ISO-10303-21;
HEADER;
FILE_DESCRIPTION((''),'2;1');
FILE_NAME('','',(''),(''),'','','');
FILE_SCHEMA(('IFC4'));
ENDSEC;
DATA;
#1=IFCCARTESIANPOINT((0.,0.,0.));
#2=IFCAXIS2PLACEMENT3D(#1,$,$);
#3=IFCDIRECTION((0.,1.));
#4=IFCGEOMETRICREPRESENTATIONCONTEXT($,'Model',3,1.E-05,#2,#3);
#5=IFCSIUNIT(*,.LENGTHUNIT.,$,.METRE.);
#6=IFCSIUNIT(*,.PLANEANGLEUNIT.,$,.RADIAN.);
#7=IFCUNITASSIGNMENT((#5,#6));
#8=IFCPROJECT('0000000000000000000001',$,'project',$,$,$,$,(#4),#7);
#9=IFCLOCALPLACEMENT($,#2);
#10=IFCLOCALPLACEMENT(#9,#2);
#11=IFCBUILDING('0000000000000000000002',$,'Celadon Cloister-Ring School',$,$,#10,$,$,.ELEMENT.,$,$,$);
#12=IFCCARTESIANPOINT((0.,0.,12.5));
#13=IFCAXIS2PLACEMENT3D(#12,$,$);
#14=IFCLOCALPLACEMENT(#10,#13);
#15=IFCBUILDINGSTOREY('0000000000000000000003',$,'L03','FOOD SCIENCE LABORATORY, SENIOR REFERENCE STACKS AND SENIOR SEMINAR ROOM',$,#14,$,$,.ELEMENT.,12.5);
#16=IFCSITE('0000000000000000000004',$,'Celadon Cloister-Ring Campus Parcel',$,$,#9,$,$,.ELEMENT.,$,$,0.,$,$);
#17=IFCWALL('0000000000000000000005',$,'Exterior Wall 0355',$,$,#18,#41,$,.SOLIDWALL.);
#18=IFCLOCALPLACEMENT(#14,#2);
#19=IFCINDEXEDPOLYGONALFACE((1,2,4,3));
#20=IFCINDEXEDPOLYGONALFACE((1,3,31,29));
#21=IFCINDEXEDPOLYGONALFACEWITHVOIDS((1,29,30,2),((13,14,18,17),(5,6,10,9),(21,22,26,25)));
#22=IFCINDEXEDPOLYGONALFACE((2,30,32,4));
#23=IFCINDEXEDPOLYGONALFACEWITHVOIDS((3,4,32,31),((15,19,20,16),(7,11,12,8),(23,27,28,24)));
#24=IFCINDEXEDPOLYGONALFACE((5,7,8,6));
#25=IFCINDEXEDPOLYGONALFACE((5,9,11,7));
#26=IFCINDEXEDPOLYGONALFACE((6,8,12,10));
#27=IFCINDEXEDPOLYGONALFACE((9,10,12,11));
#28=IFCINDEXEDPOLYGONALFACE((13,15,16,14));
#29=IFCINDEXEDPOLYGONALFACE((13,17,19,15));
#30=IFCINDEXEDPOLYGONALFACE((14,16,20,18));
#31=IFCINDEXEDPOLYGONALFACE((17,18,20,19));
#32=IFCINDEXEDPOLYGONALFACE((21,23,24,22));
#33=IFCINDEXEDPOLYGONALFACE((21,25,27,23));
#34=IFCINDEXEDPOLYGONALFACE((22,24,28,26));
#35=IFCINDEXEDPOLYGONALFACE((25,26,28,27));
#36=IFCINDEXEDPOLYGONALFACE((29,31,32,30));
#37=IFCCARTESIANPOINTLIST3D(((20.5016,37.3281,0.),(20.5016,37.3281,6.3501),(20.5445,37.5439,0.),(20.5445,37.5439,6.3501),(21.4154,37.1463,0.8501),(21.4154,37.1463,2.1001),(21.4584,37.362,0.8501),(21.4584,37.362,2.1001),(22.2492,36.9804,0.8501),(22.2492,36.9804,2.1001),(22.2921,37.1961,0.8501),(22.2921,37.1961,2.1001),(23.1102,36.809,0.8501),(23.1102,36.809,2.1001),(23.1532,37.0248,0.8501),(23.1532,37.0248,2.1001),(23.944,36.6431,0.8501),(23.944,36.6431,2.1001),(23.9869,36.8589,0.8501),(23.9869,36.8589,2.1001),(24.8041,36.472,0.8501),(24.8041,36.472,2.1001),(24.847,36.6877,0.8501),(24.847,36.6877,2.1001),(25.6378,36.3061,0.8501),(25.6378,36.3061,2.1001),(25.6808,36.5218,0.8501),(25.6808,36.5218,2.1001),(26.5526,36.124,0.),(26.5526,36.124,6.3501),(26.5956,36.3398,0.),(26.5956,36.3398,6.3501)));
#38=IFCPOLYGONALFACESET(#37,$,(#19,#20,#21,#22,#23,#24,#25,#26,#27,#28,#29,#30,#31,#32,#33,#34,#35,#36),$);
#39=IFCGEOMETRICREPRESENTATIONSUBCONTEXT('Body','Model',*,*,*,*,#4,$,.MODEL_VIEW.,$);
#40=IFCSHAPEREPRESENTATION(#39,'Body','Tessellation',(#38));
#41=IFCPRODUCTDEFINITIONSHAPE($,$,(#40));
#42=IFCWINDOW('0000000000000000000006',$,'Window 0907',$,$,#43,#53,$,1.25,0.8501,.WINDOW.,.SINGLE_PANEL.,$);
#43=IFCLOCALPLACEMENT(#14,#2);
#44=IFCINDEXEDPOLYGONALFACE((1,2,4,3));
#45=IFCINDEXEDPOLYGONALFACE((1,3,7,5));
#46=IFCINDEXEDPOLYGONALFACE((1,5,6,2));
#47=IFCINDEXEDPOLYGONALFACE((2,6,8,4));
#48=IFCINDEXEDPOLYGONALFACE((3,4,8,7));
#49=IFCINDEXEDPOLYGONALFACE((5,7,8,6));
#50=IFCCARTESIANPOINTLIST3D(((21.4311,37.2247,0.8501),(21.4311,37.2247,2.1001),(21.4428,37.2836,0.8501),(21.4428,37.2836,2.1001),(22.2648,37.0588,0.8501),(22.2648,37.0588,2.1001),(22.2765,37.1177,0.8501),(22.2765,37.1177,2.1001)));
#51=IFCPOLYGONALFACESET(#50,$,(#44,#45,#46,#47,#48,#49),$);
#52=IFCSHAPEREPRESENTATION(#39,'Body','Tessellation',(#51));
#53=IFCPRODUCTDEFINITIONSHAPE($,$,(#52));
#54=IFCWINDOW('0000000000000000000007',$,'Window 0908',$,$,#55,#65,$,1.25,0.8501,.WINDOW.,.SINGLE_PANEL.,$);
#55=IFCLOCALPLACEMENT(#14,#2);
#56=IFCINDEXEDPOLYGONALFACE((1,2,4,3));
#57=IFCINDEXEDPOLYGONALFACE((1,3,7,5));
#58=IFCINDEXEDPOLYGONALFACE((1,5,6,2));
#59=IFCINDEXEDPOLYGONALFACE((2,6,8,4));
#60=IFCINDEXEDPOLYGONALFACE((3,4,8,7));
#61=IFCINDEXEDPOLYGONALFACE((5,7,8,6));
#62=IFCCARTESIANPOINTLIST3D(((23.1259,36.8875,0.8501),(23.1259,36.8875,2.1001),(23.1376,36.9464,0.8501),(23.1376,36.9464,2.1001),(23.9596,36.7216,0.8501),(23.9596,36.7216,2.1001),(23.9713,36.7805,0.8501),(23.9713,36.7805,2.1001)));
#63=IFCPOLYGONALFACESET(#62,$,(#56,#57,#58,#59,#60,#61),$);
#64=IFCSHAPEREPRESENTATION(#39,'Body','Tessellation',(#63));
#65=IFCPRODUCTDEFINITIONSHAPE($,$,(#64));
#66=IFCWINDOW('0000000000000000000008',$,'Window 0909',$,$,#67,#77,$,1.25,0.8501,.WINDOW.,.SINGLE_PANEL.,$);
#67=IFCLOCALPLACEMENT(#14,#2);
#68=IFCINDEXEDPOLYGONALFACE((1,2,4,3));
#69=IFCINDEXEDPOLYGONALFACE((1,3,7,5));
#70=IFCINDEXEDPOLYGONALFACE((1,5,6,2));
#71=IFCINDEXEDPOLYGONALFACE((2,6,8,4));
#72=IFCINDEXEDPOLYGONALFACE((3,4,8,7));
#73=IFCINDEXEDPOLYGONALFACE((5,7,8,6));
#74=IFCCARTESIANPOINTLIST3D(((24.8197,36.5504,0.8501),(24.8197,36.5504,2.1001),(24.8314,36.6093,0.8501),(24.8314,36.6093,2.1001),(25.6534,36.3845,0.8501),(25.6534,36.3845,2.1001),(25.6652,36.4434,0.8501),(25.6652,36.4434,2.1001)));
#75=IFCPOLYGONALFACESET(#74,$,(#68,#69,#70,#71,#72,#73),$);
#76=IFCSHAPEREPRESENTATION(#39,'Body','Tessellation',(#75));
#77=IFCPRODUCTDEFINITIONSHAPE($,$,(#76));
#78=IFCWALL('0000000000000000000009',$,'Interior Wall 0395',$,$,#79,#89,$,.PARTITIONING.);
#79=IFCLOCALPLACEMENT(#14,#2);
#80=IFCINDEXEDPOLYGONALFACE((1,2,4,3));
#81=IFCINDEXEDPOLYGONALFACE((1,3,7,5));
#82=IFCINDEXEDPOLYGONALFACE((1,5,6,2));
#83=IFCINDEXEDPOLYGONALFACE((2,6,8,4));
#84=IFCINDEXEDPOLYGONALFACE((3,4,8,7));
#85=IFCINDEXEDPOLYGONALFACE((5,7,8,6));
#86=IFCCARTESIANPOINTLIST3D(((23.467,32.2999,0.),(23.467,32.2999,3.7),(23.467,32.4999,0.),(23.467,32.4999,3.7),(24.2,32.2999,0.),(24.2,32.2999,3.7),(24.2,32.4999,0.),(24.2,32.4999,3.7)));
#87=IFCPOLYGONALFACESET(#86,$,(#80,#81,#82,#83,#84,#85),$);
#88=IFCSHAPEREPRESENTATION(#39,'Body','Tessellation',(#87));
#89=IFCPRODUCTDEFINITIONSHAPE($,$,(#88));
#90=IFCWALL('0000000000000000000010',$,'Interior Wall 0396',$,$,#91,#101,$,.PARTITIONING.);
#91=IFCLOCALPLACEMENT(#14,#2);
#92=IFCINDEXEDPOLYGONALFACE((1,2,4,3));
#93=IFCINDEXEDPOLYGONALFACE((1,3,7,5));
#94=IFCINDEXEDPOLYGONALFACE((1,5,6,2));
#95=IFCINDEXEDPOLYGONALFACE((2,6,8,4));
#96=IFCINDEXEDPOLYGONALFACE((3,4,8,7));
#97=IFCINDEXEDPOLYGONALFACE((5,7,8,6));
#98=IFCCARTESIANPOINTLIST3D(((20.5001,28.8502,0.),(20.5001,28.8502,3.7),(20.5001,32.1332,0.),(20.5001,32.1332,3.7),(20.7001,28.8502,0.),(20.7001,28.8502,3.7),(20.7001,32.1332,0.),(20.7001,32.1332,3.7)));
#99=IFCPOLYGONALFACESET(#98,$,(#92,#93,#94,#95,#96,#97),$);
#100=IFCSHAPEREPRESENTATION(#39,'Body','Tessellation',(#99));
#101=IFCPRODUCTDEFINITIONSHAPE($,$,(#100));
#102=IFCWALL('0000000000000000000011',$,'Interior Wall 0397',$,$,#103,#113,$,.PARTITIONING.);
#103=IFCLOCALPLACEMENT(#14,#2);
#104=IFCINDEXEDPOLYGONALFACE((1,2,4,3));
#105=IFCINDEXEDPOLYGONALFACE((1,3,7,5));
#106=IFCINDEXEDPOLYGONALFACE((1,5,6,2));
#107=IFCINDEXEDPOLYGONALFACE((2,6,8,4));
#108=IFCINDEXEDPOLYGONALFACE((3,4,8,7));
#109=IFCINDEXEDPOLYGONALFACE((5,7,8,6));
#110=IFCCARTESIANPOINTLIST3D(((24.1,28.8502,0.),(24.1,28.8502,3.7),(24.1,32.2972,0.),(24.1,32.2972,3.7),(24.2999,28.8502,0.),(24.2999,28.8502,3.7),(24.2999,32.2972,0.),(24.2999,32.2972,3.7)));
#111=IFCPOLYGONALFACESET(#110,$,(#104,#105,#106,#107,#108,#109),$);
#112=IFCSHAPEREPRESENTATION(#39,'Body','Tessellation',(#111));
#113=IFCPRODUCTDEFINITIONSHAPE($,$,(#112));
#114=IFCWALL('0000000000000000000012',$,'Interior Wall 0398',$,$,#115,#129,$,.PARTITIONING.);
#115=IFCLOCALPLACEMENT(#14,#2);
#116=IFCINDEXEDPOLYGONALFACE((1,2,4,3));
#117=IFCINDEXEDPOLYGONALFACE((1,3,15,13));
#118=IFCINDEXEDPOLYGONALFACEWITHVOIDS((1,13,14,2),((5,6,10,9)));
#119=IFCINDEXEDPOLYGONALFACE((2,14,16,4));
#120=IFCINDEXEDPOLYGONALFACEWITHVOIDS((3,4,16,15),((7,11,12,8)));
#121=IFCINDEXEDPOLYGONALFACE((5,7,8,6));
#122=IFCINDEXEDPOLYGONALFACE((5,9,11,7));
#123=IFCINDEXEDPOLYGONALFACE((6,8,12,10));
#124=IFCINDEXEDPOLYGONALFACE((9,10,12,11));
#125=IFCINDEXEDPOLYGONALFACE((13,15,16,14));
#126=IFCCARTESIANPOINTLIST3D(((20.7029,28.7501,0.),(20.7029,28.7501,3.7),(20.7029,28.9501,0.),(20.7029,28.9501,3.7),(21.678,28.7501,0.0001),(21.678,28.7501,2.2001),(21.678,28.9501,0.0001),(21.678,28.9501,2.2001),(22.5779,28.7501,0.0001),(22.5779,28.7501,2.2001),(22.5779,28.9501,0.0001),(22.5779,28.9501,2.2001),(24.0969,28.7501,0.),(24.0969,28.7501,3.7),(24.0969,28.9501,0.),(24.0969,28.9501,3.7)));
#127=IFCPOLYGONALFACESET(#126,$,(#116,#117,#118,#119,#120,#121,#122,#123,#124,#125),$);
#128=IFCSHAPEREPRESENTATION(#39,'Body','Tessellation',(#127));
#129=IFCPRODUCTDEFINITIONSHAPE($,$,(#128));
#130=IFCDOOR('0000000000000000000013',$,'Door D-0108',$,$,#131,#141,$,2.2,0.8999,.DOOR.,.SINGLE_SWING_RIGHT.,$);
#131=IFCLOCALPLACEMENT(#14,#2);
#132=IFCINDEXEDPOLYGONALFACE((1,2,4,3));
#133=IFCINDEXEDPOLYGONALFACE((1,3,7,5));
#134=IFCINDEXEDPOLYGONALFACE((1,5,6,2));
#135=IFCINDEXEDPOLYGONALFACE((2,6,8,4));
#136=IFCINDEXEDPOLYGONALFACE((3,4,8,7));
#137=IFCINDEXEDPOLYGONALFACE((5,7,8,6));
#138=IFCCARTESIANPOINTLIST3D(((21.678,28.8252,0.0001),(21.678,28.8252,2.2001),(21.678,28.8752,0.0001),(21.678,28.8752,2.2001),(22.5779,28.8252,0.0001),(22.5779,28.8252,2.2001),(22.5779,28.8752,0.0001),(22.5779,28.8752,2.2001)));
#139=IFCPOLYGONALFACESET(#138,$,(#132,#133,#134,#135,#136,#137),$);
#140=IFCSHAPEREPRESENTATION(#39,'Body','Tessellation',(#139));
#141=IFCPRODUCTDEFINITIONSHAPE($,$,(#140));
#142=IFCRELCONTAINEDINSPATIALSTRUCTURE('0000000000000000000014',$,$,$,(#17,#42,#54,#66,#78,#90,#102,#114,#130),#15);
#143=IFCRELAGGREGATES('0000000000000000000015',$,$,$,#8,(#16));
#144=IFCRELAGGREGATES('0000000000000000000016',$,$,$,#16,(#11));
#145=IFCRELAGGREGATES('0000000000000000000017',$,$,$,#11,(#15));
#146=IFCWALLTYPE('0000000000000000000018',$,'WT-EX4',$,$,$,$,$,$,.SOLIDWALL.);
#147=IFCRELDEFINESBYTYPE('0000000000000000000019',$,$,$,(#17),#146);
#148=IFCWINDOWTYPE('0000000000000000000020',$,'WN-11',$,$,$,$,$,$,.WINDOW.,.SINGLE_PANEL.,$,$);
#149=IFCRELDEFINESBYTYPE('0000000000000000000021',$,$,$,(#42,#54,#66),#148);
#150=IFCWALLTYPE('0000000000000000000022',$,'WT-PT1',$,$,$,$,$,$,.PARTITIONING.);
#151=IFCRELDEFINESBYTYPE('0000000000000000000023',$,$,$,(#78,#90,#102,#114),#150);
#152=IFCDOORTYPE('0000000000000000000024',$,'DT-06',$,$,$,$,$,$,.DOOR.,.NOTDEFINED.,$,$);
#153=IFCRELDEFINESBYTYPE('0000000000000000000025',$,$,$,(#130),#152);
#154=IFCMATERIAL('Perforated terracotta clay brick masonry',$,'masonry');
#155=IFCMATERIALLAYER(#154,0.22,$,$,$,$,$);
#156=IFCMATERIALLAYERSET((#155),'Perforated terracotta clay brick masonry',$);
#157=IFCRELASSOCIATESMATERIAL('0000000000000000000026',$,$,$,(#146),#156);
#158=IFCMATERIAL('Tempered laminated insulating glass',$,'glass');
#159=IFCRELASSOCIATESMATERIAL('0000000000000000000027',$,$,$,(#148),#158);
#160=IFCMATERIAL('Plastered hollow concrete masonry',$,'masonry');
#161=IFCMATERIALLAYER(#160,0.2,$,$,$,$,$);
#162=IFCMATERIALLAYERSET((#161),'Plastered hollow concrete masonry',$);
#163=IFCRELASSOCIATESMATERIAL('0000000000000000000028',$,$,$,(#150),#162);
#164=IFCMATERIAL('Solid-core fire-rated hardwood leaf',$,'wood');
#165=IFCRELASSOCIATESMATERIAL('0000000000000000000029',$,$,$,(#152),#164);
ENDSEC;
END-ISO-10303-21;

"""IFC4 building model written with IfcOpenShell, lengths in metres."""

from ifc_helpers import new_model, si_unit, direction, frame, frame_2d, origin, place, context, subcontext, project, spatial, rectangle, extrude, material, layer, layer_set, type_object, element, fill, save


model = new_model("IFC4")

# Units and contexts
model_context = context("Model", 3, precision=1e-05, world=origin(), true_north=direction((0.0, 1.0)))
body_context = subcontext(model_context, "Body", "Model", "MODEL_VIEW")
ifc_project = project(units=[si_unit("LENGTHUNIT", "METRE"), si_unit("PLANEANGLEUNIT", "RADIAN")], contexts=[model_context])

# Site, building, storey
site_placement = place(None, origin())
site = spatial("IfcSite", under=ifc_project, at=site_placement, Name="Celadon Cloister-Ring Campus Parcel", CompositionType="ELEMENT", RefElevation=0.0)
building_placement = place(site_placement, origin())
building = spatial("IfcBuilding", under=site, at=building_placement, Name="Celadon Cloister-Ring School", CompositionType="ELEMENT")
storey_placement = place(building_placement, frame((0.0, 0.0, 12.5)))
storey = spatial("IfcBuildingStorey", under=building, at=storey_placement, Name="L03", Description="FOOD SCIENCE LABORATORY, SENIOR REFERENCE STACKS AND SENIOR SEMINAR ROOM", CompositionType="ELEMENT", Elevation=12.5)

# Wall, openings, windows
ifc_material_1 = material(Name="Perforated terracotta clay brick masonry", Category="masonry")
ifc_layer_1 = layer(ifc_material_1, 0.22)
ifc_layer_set_1 = layer_set([ifc_layer_1], Name="Perforated terracotta clay brick masonry")
wall_type_1 = type_object("IfcWallType", Name="WT-EX4", PredefinedType="SOLIDWALL", material=ifc_layer_set_1)
wall_1_placement = place(storey_placement, frame((20.5229, 37.436, 0.0), z_axis=(0.0, 0.0, 1.0), x_axis=(0.98077, -0.195165, 0.0)))
wall_1 = element("IfcWall", 1, at=wall_1_placement, inside=storey, type_object=wall_type_1, Name="Exterior Wall 0355", PredefinedType="SOLIDWALL", context=body_context, shape_type="SweptSolid", body=[
    extrude(rectangle(XDim=6.1697, YDim=0.22, at=frame_2d((3.085, 0.0))), origin(), (0.0, 0.0, 1.0), 6.3501),
])
opening_1_placement = place(wall_1_placement, frame((0.9319, 0.0, 0.8501)))
opening_1 = element("IfcOpeningElement", 2, at=opening_1_placement, cuts=wall_1, PredefinedType="OPENING", context=body_context, shape_type="SweptSolid", body=[
    extrude(rectangle(XDim=0.8501, YDim=1.25, at=frame_2d((0.425, 0.625))), frame((0.0, 0.1201, 0.0), z_axis=(0.0, -1.0, 0.0), x_axis=(1.0, 0.0, 0.0)), (0.0, 0.0, 1.0), 0.24),
])
opening_2_placement = place(wall_1_placement, frame((2.6599, 0.0, 0.8501)))
opening_2 = element("IfcOpeningElement", 3, at=opening_2_placement, cuts=wall_1, PredefinedType="OPENING", context=body_context, shape_type="SweptSolid", body=[
    extrude(rectangle(XDim=0.8501, YDim=1.25, at=frame_2d((0.425, 0.625))), frame((0.0, 0.1201, 0.0), z_axis=(0.0, -1.0, 0.0), x_axis=(1.0, 0.0, 0.0)), (0.0, 0.0, 1.0), 0.24),
])
opening_3_placement = place(wall_1_placement, frame((4.387, 0.0, 0.8501)))
opening_3 = element("IfcOpeningElement", 4, at=opening_3_placement, cuts=wall_1, PredefinedType="OPENING", context=body_context, shape_type="SweptSolid", body=[
    extrude(rectangle(XDim=0.8501, YDim=1.25, at=frame_2d((0.425, 0.625))), frame((0.0, 0.1201, 0.0), z_axis=(0.0, -1.0, 0.0), x_axis=(1.0, 0.0, 0.0)), (0.0, 0.0, 1.0), 0.24),
])
ifc_material_2 = material(Name="Tempered laminated insulating glass", Category="glass")
window_type = type_object("IfcWindowType", Name="WN-11", PartitioningType="SINGLE_PANEL", PredefinedType="WINDOW", material=ifc_material_2)
window_1_placement = place(opening_1_placement, origin())
window_1 = element("IfcWindow", 5, at=window_1_placement, inside=storey, type_object=window_type, Name="Window 0907", OverallHeight=1.25, OverallWidth=0.8501, PartitioningType="SINGLE_PANEL", PredefinedType="WINDOW", context=body_context, shape_type="SweptSolid", body=[
    extrude(rectangle(XDim=0.8501, YDim=1.25, at=frame_2d((0.425, 0.625))), frame((0.0, 0.03, 0.0), z_axis=(0.0, -1.0, 0.0), x_axis=(1.0, 0.0, 0.0)), (0.0, 0.0, 1.0), 0.0601),
])
fill(opening_1, window_1)
window_2_placement = place(opening_2_placement, origin())
window_2 = element("IfcWindow", 6, at=window_2_placement, inside=storey, type_object=window_type, Name="Window 0908", OverallHeight=1.25, OverallWidth=0.8501, PartitioningType="SINGLE_PANEL", PredefinedType="WINDOW", context=body_context, shape_type="SweptSolid", body=[
    extrude(rectangle(XDim=0.8501, YDim=1.25, at=frame_2d((0.425, 0.625))), frame((0.0, 0.03, 0.0), z_axis=(0.0, -1.0, 0.0), x_axis=(1.0, 0.0, 0.0)), (0.0, 0.0, 1.0), 0.0601),
])
fill(opening_2, window_2)
window_3_placement = place(opening_3_placement, origin())
window_3 = element("IfcWindow", 7, at=window_3_placement, inside=storey, type_object=window_type, Name="Window 0909", OverallHeight=1.25, OverallWidth=0.8501, PartitioningType="SINGLE_PANEL", PredefinedType="WINDOW", context=body_context, shape_type="SweptSolid", body=[
    extrude(rectangle(XDim=0.8501, YDim=1.25, at=frame_2d((0.425, 0.625))), frame((0.0, 0.03, 0.0), z_axis=(0.0, -1.0, 0.0), x_axis=(1.0, 0.0, 0.0)), (0.0, 0.0, 1.0), 0.0601),
])
fill(opening_3, window_3)

# Walls
ifc_material_3 = material(Name="Plastered hollow concrete masonry", Category="masonry")
ifc_layer_2 = layer(ifc_material_3, 0.2)
ifc_layer_set_2 = layer_set([ifc_layer_2], Name="Plastered hollow concrete masonry")
wall_type_2 = type_object("IfcWallType", Name="WT-PT1", PredefinedType="PARTITIONING", material=ifc_layer_set_2)
wall_2_placement = place(storey_placement, frame((23.467, 32.3999, 0.0), z_axis=(0.0, 0.0, 1.0), x_axis=(1.0, 0.0, 0.0)))
element("IfcWall", 8, at=wall_2_placement, inside=storey, type_object=wall_type_2, Name="Interior Wall 0395", PredefinedType="PARTITIONING", context=body_context, shape_type="SweptSolid", body=[
    extrude(rectangle(XDim=0.7329, YDim=0.2, at=frame_2d((0.3665, 0.0))), origin(), (0.0, 0.0, 1.0), 3.7),
])
wall_3_placement = place(storey_placement, frame((20.6001, 28.8501, 0.0), z_axis=(0.0, 0.0, 1.0), x_axis=(0.0, 1.0, 0.0)))
element("IfcWall", 9, at=wall_3_placement, inside=storey, type_object=wall_type_2, Name="Interior Wall 0396", PredefinedType="PARTITIONING", context=body_context, shape_type="SweptSolid", body=[
    extrude(rectangle(XDim=3.283, YDim=0.2, at=frame_2d((1.6416, 0.0))), origin(), (0.0, 0.0, 1.0), 3.7),
])
wall_4_placement = place(storey_placement, frame((24.2, 28.8501, 0.0), z_axis=(0.0, 0.0, 1.0), x_axis=(0.0, 1.0, 0.0)))
element("IfcWall", 10, at=wall_4_placement, inside=storey, type_object=wall_type_2, Name="Interior Wall 0397", PredefinedType="PARTITIONING", context=body_context, shape_type="SweptSolid", body=[
    extrude(rectangle(XDim=3.447, YDim=0.2, at=frame_2d((1.7236, 0.0))), origin(), (0.0, 0.0, 1.0), 3.7),
])

# Wall, opening, door
wall_5_placement = place(storey_placement, frame((24.0969, 28.8501, 0.0), z_axis=(0.0, 0.0, 1.0), x_axis=(-1.0, 0.0, 0.0)))
wall_5 = element("IfcWall", 11, at=wall_5_placement, inside=storey, type_object=wall_type_2, Name="Interior Wall 0398", PredefinedType="PARTITIONING", context=body_context, shape_type="SweptSolid", body=[
    extrude(rectangle(XDim=3.394, YDim=0.2, at=frame_2d((1.697, 0.0))), origin(), (0.0, 0.0, 1.0), 3.7),
])
opening_4_placement = place(wall_5_placement, frame((1.519, 0.0, 0.0)))
opening_4 = element("IfcOpeningElement", 12, at=opening_4_placement, cuts=wall_5, PredefinedType="OPENING", context=body_context, shape_type="SweptSolid", body=[
    extrude(rectangle(XDim=0.8999, YDim=2.2, at=frame_2d((0.45, 1.1001))), frame((0.0, 0.1099, 0.0), z_axis=(0.0, -1.0, 0.0), x_axis=(1.0, 0.0, 0.0)), (0.0, 0.0, 1.0), 0.22),
])
ifc_material_4 = material(Name="Solid-core fire-rated hardwood leaf", Category="wood")
door_type_1 = type_object("IfcDoorType", Name="DT-06", OperationType="NOTDEFINED", PredefinedType="DOOR", material=ifc_material_4)
door_1_placement = place(opening_4_placement, origin())
door_1 = element("IfcDoor", 13, at=door_1_placement, inside=storey, type_object=door_type_1, Name="Door D-0108", OperationType="SINGLE_SWING_RIGHT", OverallHeight=2.2, OverallWidth=0.8999, PredefinedType="DOOR", context=body_context, shape_type="SweptSolid", body=[
    extrude(rectangle(XDim=0.8999, YDim=2.2, at=frame_2d((0.45, 1.1001))), frame((0.0, 0.0249, 0.0), z_axis=(0.0, -1.0, 0.0), x_axis=(1.0, 0.0, 0.0)), (0.0, 0.0, 1.0), 0.05),
])
fill(opening_4, door_1)

save(model, "model.ifc")
